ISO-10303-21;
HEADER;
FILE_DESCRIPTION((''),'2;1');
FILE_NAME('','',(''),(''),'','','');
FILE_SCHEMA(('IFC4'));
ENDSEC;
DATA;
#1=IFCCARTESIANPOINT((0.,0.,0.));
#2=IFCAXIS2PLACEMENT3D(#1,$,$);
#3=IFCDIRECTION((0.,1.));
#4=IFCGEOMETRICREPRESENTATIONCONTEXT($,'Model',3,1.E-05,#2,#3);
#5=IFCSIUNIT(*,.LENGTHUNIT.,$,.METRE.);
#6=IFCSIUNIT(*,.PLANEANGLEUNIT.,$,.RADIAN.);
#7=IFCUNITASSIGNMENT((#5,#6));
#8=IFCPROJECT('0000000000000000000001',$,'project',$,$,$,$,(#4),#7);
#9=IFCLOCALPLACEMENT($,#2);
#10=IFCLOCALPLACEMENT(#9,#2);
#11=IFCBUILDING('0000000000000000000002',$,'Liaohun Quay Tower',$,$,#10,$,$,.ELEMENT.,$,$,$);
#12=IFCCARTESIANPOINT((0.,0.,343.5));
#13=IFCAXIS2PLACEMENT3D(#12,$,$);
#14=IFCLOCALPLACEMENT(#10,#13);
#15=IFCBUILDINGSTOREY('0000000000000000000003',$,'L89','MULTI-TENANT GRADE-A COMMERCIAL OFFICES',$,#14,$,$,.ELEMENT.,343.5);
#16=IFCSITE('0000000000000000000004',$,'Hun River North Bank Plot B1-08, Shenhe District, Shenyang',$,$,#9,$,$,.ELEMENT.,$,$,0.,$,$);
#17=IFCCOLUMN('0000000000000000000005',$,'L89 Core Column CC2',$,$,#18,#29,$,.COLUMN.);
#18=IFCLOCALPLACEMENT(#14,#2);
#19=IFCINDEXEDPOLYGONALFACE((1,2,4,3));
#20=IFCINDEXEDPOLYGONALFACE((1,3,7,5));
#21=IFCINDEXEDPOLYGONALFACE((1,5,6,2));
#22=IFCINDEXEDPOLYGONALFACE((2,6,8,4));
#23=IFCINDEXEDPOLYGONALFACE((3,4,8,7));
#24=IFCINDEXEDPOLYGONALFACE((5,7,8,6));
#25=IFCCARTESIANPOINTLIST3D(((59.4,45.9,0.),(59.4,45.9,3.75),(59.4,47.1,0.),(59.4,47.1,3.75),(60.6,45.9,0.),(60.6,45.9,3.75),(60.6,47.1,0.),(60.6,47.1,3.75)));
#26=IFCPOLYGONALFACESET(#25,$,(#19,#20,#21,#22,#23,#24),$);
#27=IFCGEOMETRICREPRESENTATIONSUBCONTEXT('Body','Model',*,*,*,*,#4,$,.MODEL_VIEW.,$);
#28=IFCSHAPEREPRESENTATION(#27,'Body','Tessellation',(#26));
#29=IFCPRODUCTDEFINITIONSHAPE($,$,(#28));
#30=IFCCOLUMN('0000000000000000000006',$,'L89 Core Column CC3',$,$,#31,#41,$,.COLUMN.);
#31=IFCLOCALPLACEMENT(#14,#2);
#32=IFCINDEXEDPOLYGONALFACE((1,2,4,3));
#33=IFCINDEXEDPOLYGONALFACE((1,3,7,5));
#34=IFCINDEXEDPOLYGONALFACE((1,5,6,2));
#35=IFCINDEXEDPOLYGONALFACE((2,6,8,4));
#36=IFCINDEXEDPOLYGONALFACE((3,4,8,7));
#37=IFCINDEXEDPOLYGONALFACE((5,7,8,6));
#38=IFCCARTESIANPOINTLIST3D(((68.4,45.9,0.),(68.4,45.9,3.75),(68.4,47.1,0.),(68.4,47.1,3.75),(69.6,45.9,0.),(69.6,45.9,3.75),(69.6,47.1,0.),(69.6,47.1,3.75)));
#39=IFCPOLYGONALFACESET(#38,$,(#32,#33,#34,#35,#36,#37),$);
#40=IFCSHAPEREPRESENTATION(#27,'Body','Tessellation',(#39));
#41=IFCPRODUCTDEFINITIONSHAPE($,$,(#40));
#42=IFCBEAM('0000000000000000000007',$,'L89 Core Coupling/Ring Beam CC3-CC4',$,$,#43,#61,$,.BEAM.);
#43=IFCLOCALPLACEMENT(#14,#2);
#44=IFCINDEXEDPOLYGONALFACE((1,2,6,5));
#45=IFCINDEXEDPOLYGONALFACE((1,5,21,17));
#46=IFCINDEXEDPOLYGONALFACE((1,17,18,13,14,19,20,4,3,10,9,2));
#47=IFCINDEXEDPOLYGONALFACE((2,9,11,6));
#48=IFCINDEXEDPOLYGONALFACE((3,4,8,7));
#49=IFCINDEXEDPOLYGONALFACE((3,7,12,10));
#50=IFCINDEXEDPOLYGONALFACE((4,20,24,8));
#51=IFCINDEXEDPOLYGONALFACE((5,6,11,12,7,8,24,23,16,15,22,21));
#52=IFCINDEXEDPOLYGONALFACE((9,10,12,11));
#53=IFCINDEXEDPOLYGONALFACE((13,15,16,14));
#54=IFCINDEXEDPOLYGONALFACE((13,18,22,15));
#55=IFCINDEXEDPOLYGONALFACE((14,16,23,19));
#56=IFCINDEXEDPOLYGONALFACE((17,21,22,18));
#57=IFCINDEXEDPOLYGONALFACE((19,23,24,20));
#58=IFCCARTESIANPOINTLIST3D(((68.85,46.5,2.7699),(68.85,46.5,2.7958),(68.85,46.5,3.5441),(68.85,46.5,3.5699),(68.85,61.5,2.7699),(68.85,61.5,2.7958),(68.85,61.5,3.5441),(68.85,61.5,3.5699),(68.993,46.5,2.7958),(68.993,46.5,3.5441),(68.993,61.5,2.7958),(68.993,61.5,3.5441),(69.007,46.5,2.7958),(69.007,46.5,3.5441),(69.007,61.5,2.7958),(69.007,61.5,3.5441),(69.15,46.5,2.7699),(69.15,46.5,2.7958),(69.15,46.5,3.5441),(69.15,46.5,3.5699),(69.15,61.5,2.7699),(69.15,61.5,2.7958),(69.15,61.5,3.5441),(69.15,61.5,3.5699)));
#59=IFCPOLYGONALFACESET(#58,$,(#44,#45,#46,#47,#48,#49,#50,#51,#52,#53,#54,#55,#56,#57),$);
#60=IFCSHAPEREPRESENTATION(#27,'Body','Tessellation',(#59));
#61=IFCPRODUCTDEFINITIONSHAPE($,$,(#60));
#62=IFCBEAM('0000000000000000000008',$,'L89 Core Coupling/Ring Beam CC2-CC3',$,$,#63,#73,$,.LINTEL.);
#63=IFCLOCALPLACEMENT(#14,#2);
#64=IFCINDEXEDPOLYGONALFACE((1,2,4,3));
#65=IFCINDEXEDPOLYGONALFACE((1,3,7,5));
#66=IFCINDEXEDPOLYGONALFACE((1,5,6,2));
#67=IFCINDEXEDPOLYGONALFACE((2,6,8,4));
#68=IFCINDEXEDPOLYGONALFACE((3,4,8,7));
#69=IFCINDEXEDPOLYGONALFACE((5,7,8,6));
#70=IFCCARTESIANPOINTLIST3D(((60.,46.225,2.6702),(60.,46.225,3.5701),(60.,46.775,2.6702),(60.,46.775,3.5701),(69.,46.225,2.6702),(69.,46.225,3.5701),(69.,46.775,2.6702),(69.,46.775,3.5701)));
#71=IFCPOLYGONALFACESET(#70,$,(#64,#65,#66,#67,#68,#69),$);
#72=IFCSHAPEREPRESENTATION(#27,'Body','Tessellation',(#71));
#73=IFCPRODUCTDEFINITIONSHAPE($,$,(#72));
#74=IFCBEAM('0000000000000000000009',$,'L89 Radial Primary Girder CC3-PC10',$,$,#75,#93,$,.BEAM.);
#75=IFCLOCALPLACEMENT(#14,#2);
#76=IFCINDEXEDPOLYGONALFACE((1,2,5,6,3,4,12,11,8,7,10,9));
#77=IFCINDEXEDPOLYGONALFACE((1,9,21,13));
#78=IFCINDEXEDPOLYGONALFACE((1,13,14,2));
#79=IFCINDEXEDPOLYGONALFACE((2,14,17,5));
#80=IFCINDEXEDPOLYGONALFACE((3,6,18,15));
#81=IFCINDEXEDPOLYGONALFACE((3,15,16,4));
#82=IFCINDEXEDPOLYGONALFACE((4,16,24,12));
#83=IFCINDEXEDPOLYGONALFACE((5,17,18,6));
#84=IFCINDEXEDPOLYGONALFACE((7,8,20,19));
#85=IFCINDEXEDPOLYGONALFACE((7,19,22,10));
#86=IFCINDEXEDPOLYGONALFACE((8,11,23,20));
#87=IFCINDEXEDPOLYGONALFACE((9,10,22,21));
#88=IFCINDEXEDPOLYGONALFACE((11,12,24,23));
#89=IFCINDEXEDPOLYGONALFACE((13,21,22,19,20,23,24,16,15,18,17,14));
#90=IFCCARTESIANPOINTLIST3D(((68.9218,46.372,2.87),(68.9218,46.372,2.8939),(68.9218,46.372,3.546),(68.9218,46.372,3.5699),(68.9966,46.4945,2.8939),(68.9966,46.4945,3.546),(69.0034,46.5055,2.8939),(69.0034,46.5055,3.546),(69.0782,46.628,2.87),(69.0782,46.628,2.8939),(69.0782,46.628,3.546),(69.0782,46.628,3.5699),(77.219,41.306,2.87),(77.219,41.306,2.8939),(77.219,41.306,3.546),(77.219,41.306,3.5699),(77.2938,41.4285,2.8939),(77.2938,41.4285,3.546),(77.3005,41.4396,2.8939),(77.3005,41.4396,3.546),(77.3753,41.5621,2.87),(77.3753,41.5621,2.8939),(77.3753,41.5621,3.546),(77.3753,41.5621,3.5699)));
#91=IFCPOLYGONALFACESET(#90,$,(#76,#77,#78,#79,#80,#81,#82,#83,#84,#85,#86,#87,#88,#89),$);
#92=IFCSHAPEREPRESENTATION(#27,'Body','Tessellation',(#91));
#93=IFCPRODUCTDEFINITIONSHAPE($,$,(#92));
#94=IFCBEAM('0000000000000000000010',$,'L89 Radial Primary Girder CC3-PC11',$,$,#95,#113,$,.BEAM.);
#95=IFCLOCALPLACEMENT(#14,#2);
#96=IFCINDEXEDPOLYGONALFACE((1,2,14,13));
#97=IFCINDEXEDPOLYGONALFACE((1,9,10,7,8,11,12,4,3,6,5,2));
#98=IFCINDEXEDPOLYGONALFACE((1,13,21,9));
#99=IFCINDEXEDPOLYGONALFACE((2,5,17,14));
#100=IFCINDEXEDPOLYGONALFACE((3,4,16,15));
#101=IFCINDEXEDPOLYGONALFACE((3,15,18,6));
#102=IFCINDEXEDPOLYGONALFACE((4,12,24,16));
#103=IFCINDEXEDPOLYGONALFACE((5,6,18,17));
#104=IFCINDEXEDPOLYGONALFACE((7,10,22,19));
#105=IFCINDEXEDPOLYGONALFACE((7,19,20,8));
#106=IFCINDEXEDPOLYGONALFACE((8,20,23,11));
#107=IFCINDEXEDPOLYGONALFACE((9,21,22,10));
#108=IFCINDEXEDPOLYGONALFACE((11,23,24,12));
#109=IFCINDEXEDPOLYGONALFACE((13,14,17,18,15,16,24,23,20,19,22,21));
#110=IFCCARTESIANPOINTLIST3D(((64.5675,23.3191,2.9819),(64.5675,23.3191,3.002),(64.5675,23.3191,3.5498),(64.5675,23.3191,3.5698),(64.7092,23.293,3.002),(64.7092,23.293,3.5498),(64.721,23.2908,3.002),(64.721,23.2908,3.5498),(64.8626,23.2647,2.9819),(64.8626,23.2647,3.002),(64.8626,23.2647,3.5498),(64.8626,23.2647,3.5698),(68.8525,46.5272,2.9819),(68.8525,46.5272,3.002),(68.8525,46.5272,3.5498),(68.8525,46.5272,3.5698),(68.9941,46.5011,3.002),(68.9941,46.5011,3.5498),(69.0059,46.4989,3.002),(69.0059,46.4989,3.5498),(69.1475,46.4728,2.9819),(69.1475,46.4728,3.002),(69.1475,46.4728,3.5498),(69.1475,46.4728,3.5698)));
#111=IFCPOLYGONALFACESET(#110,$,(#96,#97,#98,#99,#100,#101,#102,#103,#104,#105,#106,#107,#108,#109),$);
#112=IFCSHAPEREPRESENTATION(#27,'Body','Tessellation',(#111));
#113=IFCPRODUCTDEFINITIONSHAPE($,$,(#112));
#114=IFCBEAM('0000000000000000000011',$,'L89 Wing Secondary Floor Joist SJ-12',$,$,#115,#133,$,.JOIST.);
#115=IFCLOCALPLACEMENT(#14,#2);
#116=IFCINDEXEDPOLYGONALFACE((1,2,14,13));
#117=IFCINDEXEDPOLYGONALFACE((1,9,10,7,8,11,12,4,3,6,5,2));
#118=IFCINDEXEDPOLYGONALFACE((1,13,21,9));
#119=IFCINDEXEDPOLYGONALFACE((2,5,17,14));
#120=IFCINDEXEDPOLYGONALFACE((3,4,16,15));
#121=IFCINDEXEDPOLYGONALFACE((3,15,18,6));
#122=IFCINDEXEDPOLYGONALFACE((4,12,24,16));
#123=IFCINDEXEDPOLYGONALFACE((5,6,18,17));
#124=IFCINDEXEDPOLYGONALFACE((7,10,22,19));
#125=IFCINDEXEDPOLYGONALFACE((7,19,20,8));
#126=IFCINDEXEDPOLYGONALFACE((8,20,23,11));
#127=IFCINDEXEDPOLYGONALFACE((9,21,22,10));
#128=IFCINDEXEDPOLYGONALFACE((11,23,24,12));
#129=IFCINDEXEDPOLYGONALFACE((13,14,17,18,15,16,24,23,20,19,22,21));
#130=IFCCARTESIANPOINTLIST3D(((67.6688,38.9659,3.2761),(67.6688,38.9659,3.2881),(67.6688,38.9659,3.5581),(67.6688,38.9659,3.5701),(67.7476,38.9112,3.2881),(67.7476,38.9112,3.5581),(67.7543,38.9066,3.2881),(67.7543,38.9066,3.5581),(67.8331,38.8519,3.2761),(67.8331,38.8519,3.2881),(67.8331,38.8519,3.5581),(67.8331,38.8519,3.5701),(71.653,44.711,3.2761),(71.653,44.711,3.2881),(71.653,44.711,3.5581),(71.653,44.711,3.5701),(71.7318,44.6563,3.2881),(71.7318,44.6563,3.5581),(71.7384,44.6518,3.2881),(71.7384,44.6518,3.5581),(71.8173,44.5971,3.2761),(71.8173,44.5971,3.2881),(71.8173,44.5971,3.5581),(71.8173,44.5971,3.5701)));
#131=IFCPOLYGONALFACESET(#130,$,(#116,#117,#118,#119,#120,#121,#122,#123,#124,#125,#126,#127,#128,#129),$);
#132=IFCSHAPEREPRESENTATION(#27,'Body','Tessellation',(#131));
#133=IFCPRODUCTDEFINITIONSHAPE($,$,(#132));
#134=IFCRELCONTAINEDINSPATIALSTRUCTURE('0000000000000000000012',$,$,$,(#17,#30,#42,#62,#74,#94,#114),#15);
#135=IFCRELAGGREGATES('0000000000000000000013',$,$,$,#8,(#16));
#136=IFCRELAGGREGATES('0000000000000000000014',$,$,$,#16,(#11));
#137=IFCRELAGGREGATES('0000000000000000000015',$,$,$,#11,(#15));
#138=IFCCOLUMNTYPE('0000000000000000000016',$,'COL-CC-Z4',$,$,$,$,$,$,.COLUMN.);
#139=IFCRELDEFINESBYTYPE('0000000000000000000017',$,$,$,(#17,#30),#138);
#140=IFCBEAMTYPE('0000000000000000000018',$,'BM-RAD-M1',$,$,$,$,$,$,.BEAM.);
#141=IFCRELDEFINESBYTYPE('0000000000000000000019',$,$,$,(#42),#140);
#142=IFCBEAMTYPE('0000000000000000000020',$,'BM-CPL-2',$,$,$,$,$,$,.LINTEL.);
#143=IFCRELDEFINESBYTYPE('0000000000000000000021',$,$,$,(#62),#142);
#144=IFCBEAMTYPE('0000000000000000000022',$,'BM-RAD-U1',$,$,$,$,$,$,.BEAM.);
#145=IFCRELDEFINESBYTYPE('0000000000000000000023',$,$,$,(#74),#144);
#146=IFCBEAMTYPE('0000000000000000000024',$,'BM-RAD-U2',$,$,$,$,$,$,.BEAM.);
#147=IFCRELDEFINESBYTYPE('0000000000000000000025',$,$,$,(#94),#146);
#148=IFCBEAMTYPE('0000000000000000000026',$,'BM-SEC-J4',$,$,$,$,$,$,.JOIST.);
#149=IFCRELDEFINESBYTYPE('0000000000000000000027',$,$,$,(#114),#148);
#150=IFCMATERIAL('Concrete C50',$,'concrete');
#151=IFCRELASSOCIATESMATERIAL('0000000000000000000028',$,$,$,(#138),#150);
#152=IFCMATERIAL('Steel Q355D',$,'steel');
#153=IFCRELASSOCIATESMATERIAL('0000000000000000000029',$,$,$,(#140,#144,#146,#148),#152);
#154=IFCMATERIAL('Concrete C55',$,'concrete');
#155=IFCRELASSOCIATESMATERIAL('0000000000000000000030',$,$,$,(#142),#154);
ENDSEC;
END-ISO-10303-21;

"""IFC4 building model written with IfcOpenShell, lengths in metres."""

from ifc_helpers import new_model, si_unit, direction, frame, origin, origin_2d, place, context, subcontext, project, spatial, rectangle, i_section, extrude, source, transform, mapped, material, material_profile, profile_set, type_object, element, save


model = new_model("IFC4")

# Units and contexts
model_context = context("Model", 3, precision=1e-05, world=origin(), true_north=direction((0.0, 1.0)))
body_context = subcontext(model_context, "Body", "Model", "MODEL_VIEW")
ifc_project = project(units=[si_unit("LENGTHUNIT", "METRE"), si_unit("PLANEANGLEUNIT", "RADIAN")], contexts=[model_context])

# Site, building, storey
site_placement = place(None, origin())
site = spatial("IfcSite", under=ifc_project, at=site_placement, Name="Hun River North Bank Plot B1-08, Shenhe District, Shenyang", CompositionType="ELEMENT", RefElevation=0.0)
building_placement = place(site_placement, origin())
building = spatial("IfcBuilding", under=site, at=building_placement, Name="Liaohun Quay Tower", CompositionType="ELEMENT")
storey_placement = place(building_placement, frame((0.0, 0.0, 343.5)))
storey = spatial("IfcBuildingStorey", under=building, at=storey_placement, Name="L89", Description="MULTI-TENANT GRADE-A COMMERCIAL OFFICES", CompositionType="ELEMENT", Elevation=343.5)

# Columns
ifc_material_1 = material(Name="Concrete C50", Category="concrete")
ifc_material_profile_1 = material_profile(ifc_material_1, rectangle(XDim=1.2, YDim=1.2, at=origin_2d()), Name="RC1200x1200")
ifc_profile_set_1 = profile_set([ifc_material_profile_1], Name="Concrete C50")
column_type = type_object("IfcColumnType", Name="COL-CC-Z4", PredefinedType="COLUMN", material=ifc_profile_set_1)
shared_shape_1 = source(origin(), body_context, "Body", "SweptSolid", [
    extrude(rectangle(XDim=1.2, YDim=1.2, at=origin_2d()), origin(), (0.0, 0.0, 1.0), 3.75),
])
for number, where, z_axis, x_axis, name in (
    (1, (60.0, 46.5, 0.0), (0.0, 0.0, 1.0), (1.0, 0.0, 0.0), "L89 Core Column CC2"),
    (2, (69.0, 46.5, 0.0), (0.0, 0.0, 1.0), (1.0, 0.0, 0.0), "L89 Core Column CC3"),
):
    element("IfcColumn", number, at=place(storey_placement, frame(where, z_axis=z_axis, x_axis=x_axis)), inside=storey, type_object=column_type, Name=name, PredefinedType="COLUMN", context=body_context, shape_type="MappedRepresentation", body=[
        mapped(shared_shape_1, transform((0.0, 0.0, 0.0), x_axis=(1.0, 0.0, 0.0), y_axis=(0.0, 1.0, 0.0), z_axis=(0.0, 0.0, 1.0), scale=1.0)),
    ])

# Beams
ifc_material_2 = material(Name="Steel Q355D", Category="steel")
ifc_material_profile_2 = material_profile(ifc_material_2, i_section(OverallWidth=0.3, OverallDepth=0.8, WebThickness=0.0139, FlangeThickness=0.0259, at=origin_2d()), Name="HN800x300x14x26")
ifc_profile_set_2 = profile_set([ifc_material_profile_2], Name="Steel Q355D")
beam_type_1 = type_object("IfcBeamType", Name="BM-RAD-M1", PredefinedType="BEAM", material=ifc_profile_set_2)
shared_shape_2 = source(origin(), body_context, "Body", "SweptSolid", [
    extrude(i_section(OverallWidth=0.3, OverallDepth=0.8, WebThickness=0.0139, FlangeThickness=0.0259, at=origin_2d()), origin(), (0.0, 0.0, 1.0), 15.0),
])
beam_1_placement = place(storey_placement, frame((69.0, 46.5, 3.1699), z_axis=(0.0, 1.0, 0.0), x_axis=(-1.0, 0.0, 0.0)))
element("IfcBeam", 3, at=beam_1_placement, inside=storey, type_object=beam_type_1, Name="L89 Core Coupling/Ring Beam CC3-CC4", PredefinedType="BEAM", context=body_context, shape_type="MappedRepresentation", body=[
    mapped(shared_shape_2, transform((0.0, 0.0, 0.0), x_axis=(1.0, 0.0, 0.0), y_axis=(0.0, 1.0, 0.0), z_axis=(0.0, 0.0, 1.0), scale=1.0)),
])
ifc_material_3 = material(Name="Concrete C55", Category="concrete")
ifc_material_profile_3 = material_profile(ifc_material_3, rectangle(XDim=0.55, YDim=0.8999, at=origin_2d()), Name="RC550x900")
ifc_profile_set_3 = profile_set([ifc_material_profile_3], Name="Concrete C55")
beam_type_2 = type_object("IfcBeamType", Name="BM-CPL-2", PredefinedType="LINTEL", material=ifc_profile_set_3)
shared_shape_3 = source(origin(), body_context, "Body", "SweptSolid", [
    extrude(rectangle(XDim=0.55, YDim=0.8999, at=origin_2d()), origin(), (0.0, 0.0, 1.0), 9.0),
])
beam_2_placement = place(storey_placement, frame((60.0, 46.5, 3.1201), z_axis=(1.0, 0.0, 0.0), x_axis=(0.0, 1.0, 0.0)))
element("IfcBeam", 4, at=beam_2_placement, inside=storey, type_object=beam_type_2, Name="L89 Core Coupling/Ring Beam CC2-CC3", PredefinedType="LINTEL", context=body_context, shape_type="MappedRepresentation", body=[
    mapped(shared_shape_3, transform((0.0, 0.0, 0.0), x_axis=(1.0, 0.0, 0.0), y_axis=(0.0, 1.0, 0.0), z_axis=(0.0, 0.0, 1.0), scale=1.0)),
])
ifc_material_profile_4 = material_profile(ifc_material_2, i_section(OverallWidth=0.3, OverallDepth=0.7, WebThickness=0.0129, FlangeThickness=0.0239, at=origin_2d()), Name="HN700x300x13x24")
ifc_profile_set_4 = profile_set([ifc_material_profile_4], Name="Steel Q355D")
beam_type_3 = type_object("IfcBeamType", Name="BM-RAD-U1", PredefinedType="BEAM", material=ifc_profile_set_4)
shared_shape_4 = source(origin(), body_context, "Body", "SweptSolid", [
    extrude(i_section(OverallWidth=0.3, OverallDepth=0.7, WebThickness=0.0129, FlangeThickness=0.0239, at=origin_2d()), origin(), (0.0, 0.0, 1.0), 9.7214),
])
beam_3_placement = place(storey_placement, frame((69.0, 46.5, 3.22), z_axis=(0.85349, -0.52111, 0.0), x_axis=(0.52111, 0.85349, 0.0)))
element("IfcBeam", 5, at=beam_3_placement, inside=storey, type_object=beam_type_3, Name="L89 Radial Primary Girder CC3-PC10", PredefinedType="BEAM", context=body_context, shape_type="MappedRepresentation", body=[
    mapped(shared_shape_4, transform((0.0, 0.0, 0.0), x_axis=(1.0, 0.0, 0.0), y_axis=(0.0, 1.0, 0.0), z_axis=(0.0, 0.0, 1.0), scale=1.0)),
])
ifc_material_profile_5 = material_profile(ifc_material_2, i_section(OverallWidth=0.3, OverallDepth=0.5879, WebThickness=0.012, FlangeThickness=0.02, at=origin_2d()), Name="HM588x300x12x20")
ifc_profile_set_5 = profile_set([ifc_material_profile_5], Name="Steel Q355D")
beam_type_4 = type_object("IfcBeamType", Name="BM-RAD-U2", PredefinedType="BEAM", material=ifc_profile_set_5)
shared_shape_5 = source(origin(), body_context, "Body", "SweptSolid", [
    extrude(i_section(OverallWidth=0.3, OverallDepth=0.5879, WebThickness=0.012, FlangeThickness=0.02, at=origin_2d()), origin(), (0.0, 0.0, 1.0), 23.6003),
])
beam_4_placement = place(storey_placement, frame((69.0, 46.5, 3.2759), z_axis=(-0.181562, -0.983379, 0.0), x_axis=(0.983379, -0.181562, 0.0)))
element("IfcBeam", 6, at=beam_4_placement, inside=storey, type_object=beam_type_4, Name="L89 Radial Primary Girder CC3-PC11", PredefinedType="BEAM", context=body_context, shape_type="MappedRepresentation", body=[
    mapped(shared_shape_5, transform((0.0, 0.0, 0.0), x_axis=(1.0, 0.0, 0.0), y_axis=(0.0, 1.0, 0.0), z_axis=(0.0, 0.0, 1.0), scale=1.0)),
])
ifc_material_profile_6 = material_profile(ifc_material_2, i_section(OverallWidth=0.2, OverallDepth=0.2939, WebThickness=0.0081, FlangeThickness=0.012, at=origin_2d()), Name="HM294x200x8x12")
ifc_profile_set_6 = profile_set([ifc_material_profile_6], Name="Steel Q355D")
beam_type_5 = type_object("IfcBeamType", Name="BM-SEC-J4", PredefinedType="JOIST", material=ifc_profile_set_6)
shared_shape_6 = source(origin(), body_context, "Body", "SweptSolid", [
    extrude(i_section(OverallWidth=0.2, OverallDepth=0.2939, WebThickness=0.0081, FlangeThickness=0.012, at=origin_2d()), origin(), (0.0, 0.0, 1.0), 6.9915),
])
beam_5_placement = place(storey_placement, frame((71.7351, 44.6541, 3.4231), z_axis=(-0.569862, -0.821741, 0.0), x_axis=(0.821741, -0.569862, 0.0)))
element("IfcBeam", 7, at=beam_5_placement, inside=storey, type_object=beam_type_5, Name="L89 Wing Secondary Floor Joist SJ-12", PredefinedType="JOIST", context=body_context, shape_type="MappedRepresentation", body=[
    mapped(shared_shape_6, transform((0.0, 0.0, 0.0), x_axis=(1.0, 0.0, 0.0), y_axis=(0.0, 1.0, 0.0), z_axis=(0.0, 0.0, 1.0), scale=1.0)),
])

save(model, "model.ifc")
